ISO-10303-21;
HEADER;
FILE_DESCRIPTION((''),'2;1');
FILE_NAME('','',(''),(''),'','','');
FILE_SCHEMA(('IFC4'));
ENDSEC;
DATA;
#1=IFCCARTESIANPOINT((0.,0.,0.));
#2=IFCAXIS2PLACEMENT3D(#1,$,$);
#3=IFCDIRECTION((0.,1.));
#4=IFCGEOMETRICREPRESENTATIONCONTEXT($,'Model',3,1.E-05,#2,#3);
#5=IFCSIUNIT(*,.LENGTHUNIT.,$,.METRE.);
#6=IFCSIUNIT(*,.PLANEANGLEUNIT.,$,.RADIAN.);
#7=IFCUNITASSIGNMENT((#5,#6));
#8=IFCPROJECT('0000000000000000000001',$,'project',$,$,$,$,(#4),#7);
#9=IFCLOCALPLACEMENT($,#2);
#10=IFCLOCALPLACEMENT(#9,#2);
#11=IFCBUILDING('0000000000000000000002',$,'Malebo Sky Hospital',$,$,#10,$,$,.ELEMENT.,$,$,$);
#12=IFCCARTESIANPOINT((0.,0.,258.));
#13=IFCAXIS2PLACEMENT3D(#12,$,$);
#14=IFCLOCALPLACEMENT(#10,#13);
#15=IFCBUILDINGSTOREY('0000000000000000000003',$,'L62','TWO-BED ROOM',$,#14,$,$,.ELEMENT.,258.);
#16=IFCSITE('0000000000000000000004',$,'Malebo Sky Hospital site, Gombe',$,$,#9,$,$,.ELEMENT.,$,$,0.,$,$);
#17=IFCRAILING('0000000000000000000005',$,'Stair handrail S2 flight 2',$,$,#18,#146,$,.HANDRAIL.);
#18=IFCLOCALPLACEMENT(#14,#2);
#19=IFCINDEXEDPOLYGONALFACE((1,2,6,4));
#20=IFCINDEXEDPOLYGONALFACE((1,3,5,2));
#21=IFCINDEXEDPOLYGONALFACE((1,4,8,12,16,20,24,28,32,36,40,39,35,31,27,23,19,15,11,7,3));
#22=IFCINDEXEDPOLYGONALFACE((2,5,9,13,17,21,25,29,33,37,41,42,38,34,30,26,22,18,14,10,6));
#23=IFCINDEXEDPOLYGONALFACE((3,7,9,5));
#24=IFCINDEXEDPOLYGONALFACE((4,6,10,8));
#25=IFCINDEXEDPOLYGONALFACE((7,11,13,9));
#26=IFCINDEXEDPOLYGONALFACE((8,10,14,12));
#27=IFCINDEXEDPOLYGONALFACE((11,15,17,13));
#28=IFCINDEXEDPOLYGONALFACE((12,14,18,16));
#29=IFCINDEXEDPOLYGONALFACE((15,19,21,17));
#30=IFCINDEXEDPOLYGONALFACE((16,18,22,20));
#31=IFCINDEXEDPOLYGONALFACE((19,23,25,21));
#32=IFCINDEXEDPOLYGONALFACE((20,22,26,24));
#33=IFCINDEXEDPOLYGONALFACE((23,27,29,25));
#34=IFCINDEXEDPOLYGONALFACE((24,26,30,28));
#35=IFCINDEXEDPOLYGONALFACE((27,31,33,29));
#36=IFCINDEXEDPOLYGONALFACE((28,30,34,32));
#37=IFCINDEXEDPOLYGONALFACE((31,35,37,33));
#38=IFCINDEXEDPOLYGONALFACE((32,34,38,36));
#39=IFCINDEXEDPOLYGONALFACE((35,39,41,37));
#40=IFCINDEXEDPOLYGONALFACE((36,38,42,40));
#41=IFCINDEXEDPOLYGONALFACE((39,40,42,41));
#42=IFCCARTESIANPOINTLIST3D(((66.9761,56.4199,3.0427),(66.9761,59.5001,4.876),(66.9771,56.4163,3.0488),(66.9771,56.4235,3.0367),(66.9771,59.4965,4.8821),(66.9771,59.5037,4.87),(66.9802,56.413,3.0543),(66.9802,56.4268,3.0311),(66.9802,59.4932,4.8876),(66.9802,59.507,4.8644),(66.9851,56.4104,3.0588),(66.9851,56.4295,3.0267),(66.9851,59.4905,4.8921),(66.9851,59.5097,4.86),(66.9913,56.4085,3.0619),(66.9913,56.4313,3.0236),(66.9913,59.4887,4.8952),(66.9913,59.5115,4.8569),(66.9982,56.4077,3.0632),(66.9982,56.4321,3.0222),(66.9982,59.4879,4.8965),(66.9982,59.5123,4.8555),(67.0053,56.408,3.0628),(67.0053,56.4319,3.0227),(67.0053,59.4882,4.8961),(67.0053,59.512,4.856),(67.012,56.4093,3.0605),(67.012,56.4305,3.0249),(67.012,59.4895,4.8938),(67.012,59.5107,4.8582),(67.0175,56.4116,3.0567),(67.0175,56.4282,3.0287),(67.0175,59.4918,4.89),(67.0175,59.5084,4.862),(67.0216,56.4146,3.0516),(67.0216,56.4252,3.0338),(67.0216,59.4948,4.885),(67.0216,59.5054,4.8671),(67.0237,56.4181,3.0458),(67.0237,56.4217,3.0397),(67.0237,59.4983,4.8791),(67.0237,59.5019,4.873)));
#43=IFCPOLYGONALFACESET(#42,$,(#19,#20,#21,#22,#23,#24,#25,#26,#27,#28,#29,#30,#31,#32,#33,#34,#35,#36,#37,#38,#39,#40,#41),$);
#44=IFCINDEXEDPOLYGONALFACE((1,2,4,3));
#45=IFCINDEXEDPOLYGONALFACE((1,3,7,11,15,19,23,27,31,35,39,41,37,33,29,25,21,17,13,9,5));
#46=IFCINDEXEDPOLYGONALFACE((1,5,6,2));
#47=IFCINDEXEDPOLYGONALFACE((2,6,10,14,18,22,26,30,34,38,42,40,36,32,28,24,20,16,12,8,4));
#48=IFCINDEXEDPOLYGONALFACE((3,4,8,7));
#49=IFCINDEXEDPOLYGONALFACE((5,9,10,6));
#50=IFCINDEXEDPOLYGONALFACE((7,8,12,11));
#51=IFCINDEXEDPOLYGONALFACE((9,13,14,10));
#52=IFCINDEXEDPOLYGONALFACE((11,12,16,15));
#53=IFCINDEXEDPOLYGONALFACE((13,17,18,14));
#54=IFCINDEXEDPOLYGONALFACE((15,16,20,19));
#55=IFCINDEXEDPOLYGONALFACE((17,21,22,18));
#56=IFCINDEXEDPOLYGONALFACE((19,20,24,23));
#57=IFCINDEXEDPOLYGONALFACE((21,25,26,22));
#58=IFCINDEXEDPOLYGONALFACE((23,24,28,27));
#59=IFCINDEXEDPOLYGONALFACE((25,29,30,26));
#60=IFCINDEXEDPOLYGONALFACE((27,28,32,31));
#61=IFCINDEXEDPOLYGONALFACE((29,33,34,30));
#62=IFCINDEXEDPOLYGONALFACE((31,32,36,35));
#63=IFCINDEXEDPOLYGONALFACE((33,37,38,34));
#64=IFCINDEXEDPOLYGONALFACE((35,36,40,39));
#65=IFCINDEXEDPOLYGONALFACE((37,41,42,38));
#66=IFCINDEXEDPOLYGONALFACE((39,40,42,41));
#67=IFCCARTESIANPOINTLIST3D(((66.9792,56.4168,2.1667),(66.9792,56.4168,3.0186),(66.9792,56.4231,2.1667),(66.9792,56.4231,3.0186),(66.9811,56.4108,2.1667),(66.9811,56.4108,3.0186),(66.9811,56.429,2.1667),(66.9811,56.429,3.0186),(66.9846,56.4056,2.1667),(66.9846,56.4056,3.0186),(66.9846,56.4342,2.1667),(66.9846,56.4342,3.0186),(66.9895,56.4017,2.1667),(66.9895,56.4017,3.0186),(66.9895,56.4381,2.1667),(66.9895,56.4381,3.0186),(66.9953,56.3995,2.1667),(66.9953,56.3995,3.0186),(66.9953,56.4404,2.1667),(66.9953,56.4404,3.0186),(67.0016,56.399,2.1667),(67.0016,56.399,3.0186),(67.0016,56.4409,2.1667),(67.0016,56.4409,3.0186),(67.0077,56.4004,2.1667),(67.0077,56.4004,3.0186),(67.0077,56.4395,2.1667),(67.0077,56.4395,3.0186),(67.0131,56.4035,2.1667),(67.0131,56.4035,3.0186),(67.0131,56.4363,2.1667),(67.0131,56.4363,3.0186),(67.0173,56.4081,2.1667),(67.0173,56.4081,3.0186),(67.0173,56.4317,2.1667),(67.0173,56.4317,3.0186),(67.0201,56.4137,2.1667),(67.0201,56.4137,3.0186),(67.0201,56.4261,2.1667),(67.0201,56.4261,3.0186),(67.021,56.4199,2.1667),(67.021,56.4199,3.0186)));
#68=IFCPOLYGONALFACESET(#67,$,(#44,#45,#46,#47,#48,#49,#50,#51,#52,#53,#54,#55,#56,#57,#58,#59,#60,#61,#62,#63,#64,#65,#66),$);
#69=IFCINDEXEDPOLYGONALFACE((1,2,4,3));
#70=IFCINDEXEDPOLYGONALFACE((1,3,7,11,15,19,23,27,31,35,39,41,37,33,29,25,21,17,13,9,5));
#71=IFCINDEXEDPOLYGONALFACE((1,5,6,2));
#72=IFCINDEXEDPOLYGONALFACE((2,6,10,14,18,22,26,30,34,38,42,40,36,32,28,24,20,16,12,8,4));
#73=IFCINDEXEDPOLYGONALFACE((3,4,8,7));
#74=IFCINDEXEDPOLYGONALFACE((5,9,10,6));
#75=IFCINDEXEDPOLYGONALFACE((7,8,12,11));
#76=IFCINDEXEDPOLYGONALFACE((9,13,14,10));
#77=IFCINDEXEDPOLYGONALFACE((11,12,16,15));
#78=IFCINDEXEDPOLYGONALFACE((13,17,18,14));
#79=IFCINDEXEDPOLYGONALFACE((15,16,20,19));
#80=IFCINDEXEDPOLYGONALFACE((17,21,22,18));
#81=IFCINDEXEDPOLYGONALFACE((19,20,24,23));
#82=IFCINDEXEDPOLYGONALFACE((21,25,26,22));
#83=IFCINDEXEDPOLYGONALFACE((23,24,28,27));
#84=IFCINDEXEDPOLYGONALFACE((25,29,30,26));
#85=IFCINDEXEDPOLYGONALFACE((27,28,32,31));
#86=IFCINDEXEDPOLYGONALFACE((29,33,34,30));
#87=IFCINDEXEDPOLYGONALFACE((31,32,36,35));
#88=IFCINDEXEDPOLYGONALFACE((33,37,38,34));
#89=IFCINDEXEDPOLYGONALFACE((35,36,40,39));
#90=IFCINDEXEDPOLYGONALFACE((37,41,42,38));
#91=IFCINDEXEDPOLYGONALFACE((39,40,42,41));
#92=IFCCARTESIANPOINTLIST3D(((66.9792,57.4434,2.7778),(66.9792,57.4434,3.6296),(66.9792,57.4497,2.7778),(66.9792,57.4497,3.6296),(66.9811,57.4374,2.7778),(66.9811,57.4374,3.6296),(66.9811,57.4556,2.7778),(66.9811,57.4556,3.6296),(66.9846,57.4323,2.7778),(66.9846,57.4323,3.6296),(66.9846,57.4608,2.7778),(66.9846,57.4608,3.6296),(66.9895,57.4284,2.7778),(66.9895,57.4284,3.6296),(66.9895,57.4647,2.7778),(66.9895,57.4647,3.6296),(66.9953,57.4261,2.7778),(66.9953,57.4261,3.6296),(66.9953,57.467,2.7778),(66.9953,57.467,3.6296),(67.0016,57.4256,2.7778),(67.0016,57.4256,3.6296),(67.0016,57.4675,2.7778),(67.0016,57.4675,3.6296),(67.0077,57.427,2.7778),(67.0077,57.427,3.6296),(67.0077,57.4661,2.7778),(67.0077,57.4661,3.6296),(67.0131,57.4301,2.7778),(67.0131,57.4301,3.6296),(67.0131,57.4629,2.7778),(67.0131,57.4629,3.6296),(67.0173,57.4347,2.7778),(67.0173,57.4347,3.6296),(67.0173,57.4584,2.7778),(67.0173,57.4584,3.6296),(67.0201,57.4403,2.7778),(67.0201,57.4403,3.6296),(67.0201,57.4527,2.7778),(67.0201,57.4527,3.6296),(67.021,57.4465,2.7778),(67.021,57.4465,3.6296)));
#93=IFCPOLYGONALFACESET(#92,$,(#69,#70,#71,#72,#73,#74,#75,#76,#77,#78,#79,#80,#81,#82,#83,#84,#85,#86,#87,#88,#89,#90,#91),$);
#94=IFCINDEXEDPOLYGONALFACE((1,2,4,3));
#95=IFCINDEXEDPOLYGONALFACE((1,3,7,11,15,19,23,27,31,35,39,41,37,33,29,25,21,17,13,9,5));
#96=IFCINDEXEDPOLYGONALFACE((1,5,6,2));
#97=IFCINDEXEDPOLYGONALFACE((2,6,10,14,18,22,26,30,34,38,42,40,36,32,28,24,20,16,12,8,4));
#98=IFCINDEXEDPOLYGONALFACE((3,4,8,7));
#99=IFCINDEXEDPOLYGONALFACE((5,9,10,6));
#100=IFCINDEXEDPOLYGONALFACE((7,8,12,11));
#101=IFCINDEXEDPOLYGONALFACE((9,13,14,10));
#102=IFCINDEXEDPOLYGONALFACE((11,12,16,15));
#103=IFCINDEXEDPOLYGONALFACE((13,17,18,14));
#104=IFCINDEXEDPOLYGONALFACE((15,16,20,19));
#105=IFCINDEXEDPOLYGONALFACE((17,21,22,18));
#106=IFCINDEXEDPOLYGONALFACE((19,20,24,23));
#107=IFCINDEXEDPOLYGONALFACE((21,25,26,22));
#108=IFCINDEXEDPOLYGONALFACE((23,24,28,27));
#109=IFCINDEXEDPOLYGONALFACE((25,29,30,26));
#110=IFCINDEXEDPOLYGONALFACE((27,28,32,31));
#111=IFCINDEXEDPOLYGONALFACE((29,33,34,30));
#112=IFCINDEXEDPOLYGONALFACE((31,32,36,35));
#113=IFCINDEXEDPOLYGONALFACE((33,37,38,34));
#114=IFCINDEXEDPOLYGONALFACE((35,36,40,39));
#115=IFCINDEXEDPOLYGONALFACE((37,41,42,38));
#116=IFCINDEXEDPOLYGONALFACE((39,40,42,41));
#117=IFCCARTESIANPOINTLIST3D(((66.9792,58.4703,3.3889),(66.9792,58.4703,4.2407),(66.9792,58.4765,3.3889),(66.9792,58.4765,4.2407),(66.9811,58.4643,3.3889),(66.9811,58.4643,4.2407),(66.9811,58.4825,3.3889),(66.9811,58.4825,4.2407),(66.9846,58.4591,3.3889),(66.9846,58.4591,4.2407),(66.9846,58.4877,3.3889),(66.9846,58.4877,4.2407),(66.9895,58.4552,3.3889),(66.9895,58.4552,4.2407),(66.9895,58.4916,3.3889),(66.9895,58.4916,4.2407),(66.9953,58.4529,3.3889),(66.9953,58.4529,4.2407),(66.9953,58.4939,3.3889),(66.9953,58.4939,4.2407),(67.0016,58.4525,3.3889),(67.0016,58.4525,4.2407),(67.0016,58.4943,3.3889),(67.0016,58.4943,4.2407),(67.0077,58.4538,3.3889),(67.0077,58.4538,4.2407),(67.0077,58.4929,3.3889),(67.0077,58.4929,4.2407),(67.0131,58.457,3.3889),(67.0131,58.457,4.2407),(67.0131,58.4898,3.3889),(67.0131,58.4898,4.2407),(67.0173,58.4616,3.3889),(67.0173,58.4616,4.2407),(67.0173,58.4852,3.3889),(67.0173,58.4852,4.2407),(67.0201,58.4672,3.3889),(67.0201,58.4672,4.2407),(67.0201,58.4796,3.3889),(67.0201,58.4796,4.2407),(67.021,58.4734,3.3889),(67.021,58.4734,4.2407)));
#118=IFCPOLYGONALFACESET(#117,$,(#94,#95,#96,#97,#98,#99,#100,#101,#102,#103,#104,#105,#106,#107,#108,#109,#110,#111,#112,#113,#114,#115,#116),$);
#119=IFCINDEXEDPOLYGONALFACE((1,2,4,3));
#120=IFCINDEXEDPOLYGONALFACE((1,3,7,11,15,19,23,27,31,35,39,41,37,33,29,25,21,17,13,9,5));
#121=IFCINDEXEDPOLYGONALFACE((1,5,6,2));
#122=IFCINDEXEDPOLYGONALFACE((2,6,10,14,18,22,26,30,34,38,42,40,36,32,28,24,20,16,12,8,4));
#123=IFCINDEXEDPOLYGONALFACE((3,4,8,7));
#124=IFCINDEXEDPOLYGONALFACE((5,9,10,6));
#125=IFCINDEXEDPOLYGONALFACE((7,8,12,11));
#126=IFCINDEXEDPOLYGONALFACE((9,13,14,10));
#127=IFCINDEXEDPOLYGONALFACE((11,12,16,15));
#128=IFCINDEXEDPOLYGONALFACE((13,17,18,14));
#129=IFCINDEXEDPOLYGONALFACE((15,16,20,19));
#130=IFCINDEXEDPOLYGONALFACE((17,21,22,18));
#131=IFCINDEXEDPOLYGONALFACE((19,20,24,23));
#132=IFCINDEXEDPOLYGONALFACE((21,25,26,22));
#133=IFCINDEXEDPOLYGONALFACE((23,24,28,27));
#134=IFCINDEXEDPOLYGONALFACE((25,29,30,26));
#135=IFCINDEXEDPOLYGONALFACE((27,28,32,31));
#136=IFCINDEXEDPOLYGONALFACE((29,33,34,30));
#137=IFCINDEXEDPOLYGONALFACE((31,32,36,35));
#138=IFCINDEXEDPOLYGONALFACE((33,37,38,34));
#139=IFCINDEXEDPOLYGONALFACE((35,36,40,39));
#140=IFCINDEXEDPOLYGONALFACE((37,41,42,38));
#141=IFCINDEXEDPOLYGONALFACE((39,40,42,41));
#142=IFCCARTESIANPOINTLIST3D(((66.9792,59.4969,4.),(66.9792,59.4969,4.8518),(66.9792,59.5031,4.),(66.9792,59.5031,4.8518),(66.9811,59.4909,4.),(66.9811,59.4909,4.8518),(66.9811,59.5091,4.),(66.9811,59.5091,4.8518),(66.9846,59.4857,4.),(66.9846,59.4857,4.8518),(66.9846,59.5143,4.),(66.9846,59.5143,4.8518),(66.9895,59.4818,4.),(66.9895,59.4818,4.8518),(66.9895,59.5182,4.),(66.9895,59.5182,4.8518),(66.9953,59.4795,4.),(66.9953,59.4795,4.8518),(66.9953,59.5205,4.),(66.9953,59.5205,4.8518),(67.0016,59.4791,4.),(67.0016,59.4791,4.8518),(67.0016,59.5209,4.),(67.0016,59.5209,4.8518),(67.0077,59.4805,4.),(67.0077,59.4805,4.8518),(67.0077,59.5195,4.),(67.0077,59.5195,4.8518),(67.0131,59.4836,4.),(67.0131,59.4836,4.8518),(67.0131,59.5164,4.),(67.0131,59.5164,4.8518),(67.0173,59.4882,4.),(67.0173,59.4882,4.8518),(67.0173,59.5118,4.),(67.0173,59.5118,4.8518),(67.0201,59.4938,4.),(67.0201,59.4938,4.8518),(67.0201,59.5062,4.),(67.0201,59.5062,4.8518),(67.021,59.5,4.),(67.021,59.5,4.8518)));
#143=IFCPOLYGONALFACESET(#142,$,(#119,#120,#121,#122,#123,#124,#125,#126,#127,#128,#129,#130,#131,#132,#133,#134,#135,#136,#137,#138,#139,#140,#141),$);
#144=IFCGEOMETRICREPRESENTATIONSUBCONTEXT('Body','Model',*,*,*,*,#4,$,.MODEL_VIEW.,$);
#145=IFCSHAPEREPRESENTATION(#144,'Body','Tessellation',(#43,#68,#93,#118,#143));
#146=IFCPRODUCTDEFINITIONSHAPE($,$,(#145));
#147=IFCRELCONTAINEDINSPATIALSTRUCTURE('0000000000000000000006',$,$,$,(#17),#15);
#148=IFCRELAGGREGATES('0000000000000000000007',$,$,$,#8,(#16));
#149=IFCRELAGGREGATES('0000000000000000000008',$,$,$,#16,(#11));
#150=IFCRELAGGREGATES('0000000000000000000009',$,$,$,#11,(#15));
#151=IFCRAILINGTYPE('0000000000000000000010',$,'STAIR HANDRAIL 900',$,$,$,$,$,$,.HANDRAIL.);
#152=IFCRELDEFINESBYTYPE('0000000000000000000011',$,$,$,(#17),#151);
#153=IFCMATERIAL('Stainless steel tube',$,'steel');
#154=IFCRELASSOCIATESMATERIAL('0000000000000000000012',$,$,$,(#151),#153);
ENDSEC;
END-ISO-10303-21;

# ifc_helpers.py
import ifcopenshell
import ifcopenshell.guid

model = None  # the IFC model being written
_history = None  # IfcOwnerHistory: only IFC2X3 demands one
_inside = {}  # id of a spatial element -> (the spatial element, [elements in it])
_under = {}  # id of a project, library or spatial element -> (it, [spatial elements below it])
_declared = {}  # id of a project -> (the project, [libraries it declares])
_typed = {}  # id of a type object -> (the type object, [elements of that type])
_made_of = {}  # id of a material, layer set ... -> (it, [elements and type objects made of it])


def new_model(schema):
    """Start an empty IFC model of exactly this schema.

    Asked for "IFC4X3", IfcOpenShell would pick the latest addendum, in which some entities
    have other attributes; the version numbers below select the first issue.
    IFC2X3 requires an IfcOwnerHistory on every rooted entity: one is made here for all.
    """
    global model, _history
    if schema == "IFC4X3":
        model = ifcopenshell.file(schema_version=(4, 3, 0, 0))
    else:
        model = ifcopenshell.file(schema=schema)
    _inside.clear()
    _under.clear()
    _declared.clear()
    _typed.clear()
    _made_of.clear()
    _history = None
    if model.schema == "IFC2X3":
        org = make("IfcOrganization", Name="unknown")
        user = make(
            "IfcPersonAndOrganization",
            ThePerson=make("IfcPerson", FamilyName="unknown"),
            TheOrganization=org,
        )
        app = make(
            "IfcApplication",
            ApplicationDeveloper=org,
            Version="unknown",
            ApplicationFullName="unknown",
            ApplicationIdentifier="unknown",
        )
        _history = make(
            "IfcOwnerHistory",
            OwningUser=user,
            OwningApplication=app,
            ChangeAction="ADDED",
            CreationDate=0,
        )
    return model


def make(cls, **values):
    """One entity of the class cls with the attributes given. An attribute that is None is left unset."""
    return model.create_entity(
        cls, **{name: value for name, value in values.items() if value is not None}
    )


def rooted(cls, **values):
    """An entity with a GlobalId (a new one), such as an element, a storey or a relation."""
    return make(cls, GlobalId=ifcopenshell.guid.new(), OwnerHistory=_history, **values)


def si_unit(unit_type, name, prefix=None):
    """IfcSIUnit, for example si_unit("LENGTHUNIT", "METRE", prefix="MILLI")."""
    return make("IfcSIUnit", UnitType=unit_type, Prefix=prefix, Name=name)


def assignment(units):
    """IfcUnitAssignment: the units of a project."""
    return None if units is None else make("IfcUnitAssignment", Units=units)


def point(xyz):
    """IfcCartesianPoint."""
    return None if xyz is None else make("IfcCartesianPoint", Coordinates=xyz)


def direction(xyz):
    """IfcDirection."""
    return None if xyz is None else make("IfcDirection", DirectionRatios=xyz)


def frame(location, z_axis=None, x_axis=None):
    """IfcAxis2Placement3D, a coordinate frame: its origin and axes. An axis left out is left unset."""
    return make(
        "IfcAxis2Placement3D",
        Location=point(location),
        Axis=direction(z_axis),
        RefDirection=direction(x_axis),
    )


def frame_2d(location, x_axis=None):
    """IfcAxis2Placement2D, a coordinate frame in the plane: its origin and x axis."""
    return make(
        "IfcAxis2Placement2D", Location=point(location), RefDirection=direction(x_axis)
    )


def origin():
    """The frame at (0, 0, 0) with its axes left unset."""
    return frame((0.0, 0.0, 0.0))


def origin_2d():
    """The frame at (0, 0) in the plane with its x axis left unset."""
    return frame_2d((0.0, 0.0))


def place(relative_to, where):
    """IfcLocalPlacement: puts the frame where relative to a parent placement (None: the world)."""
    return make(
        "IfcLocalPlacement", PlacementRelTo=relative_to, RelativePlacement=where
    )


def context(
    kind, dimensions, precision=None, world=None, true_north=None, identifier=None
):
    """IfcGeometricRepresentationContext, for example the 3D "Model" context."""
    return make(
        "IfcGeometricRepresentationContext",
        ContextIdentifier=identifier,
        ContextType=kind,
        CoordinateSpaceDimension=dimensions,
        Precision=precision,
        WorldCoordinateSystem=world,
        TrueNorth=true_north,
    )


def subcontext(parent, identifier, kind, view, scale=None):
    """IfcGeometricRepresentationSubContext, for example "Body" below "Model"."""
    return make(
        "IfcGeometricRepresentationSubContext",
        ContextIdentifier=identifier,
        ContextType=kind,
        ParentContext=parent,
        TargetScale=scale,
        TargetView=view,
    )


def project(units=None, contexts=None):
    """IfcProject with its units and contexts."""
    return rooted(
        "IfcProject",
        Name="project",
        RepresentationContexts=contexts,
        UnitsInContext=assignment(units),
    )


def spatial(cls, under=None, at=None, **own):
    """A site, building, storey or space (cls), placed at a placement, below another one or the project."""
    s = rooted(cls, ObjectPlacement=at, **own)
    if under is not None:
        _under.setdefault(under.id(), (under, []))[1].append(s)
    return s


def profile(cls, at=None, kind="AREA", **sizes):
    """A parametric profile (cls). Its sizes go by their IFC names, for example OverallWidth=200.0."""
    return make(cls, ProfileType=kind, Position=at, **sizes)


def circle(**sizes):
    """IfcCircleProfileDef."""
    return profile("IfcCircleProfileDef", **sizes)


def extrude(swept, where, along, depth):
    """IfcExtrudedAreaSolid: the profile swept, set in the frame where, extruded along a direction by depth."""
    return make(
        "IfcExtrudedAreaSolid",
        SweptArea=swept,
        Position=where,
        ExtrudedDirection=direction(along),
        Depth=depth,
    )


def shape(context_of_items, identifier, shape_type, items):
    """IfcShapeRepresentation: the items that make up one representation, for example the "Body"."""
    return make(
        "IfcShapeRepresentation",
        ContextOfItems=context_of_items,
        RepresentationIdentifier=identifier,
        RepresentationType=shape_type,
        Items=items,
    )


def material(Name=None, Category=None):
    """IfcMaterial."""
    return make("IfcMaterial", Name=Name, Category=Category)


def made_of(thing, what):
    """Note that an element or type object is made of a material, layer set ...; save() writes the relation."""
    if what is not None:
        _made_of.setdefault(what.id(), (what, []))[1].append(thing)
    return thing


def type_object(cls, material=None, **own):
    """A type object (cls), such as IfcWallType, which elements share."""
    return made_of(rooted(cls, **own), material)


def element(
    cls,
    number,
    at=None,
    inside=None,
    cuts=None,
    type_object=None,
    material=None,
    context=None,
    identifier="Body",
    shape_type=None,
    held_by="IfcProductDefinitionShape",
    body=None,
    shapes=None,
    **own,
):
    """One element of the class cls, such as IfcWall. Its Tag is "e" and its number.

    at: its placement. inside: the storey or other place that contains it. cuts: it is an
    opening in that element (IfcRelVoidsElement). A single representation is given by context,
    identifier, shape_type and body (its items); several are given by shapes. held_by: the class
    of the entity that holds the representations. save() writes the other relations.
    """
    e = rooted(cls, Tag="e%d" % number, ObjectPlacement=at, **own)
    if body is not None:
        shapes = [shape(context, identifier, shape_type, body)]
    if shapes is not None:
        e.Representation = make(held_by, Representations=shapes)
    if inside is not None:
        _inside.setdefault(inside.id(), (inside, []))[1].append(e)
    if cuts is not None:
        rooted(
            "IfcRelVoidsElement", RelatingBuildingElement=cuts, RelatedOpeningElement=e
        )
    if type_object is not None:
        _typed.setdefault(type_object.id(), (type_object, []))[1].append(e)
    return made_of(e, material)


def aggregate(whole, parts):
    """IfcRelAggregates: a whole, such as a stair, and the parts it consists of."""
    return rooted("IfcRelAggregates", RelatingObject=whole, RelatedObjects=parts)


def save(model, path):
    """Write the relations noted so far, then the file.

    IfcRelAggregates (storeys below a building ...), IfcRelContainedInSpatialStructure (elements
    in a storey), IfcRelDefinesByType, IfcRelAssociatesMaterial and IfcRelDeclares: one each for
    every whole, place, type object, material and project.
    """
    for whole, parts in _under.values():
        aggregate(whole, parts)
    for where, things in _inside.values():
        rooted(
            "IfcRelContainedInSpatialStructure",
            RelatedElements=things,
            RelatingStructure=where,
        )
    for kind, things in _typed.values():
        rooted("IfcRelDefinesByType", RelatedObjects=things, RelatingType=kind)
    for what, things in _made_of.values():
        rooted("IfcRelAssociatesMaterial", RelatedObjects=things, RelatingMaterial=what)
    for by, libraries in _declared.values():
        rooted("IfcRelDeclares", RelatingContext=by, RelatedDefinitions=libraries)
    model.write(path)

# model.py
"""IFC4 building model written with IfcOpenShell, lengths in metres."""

from ifc_helpers import new_model, si_unit, direction, frame, origin, origin_2d, place, context, subcontext, project, spatial, circle, extrude, material, type_object, element, save


model = new_model("IFC4")

# Units and contexts
model_context = context("Model", 3, precision=1e-05, world=origin(), true_north=direction((0.0, 1.0)))
body_context = subcontext(model_context, "Body", "Model", "MODEL_VIEW")
ifc_project = project(units=[si_unit("LENGTHUNIT", "METRE"), si_unit("PLANEANGLEUNIT", "RADIAN")], contexts=[model_context])

# Site, building, storey
site_placement = place(None, origin())
site = spatial("IfcSite", under=ifc_project, at=site_placement, Name="Malebo Sky Hospital site, Gombe", CompositionType="ELEMENT", RefElevation=0.0)
building_placement = place(site_placement, origin())
building = spatial("IfcBuilding", under=site, at=building_placement, Name="Malebo Sky Hospital", CompositionType="ELEMENT")
storey_placement = place(building_placement, frame((0.0, 0.0, 258.0)))
storey = spatial("IfcBuildingStorey", under=building, at=storey_placement, Name="L62", Description="TWO-BED ROOM", CompositionType="ELEMENT", Elevation=258.0)

# Railing
ifc_material_1 = material(Name="Stainless steel tube", Category="steel")
railing_type = type_object("IfcRailingType", Name="STAIR HANDRAIL 900", PredefinedType="HANDRAIL", material=ifc_material_1)
railing_1_placement = place(storey_placement, frame((67.0, 56.4199, 2.1667)))
element("IfcRailing", 1, at=railing_1_placement, inside=storey, type_object=railing_type, Name="Stair handrail S2 flight 2", PredefinedType="HANDRAIL", context=body_context, shape_type="SweptSolid", body=[
    extrude(circle(Radius=0.0239, at=origin_2d()), frame((0.0, 0.0, 0.876), z_axis=(0.0, 0.859309, 0.511458), x_axis=(-1.0, 0.0, 0.0)), (0.0, 0.0, 1.0), 3.5845),
    extrude(circle(Radius=0.021, at=origin_2d()), origin(), (0.0, 0.0, 1.0), 0.8518),
    extrude(circle(Radius=0.021, at=origin_2d()), frame((0.0, 1.0266, 0.6111)), (0.0, 0.0, 1.0), 0.8518),
    extrude(circle(Radius=0.021, at=origin_2d()), frame((0.0, 2.0535, 1.2222)), (0.0, 0.0, 1.0), 0.8518),
    extrude(circle(Radius=0.021, at=origin_2d()), frame((0.0, 3.0801, 1.8333)), (0.0, 0.0, 1.0), 0.8518),
])

save(model, "model.ifc")
